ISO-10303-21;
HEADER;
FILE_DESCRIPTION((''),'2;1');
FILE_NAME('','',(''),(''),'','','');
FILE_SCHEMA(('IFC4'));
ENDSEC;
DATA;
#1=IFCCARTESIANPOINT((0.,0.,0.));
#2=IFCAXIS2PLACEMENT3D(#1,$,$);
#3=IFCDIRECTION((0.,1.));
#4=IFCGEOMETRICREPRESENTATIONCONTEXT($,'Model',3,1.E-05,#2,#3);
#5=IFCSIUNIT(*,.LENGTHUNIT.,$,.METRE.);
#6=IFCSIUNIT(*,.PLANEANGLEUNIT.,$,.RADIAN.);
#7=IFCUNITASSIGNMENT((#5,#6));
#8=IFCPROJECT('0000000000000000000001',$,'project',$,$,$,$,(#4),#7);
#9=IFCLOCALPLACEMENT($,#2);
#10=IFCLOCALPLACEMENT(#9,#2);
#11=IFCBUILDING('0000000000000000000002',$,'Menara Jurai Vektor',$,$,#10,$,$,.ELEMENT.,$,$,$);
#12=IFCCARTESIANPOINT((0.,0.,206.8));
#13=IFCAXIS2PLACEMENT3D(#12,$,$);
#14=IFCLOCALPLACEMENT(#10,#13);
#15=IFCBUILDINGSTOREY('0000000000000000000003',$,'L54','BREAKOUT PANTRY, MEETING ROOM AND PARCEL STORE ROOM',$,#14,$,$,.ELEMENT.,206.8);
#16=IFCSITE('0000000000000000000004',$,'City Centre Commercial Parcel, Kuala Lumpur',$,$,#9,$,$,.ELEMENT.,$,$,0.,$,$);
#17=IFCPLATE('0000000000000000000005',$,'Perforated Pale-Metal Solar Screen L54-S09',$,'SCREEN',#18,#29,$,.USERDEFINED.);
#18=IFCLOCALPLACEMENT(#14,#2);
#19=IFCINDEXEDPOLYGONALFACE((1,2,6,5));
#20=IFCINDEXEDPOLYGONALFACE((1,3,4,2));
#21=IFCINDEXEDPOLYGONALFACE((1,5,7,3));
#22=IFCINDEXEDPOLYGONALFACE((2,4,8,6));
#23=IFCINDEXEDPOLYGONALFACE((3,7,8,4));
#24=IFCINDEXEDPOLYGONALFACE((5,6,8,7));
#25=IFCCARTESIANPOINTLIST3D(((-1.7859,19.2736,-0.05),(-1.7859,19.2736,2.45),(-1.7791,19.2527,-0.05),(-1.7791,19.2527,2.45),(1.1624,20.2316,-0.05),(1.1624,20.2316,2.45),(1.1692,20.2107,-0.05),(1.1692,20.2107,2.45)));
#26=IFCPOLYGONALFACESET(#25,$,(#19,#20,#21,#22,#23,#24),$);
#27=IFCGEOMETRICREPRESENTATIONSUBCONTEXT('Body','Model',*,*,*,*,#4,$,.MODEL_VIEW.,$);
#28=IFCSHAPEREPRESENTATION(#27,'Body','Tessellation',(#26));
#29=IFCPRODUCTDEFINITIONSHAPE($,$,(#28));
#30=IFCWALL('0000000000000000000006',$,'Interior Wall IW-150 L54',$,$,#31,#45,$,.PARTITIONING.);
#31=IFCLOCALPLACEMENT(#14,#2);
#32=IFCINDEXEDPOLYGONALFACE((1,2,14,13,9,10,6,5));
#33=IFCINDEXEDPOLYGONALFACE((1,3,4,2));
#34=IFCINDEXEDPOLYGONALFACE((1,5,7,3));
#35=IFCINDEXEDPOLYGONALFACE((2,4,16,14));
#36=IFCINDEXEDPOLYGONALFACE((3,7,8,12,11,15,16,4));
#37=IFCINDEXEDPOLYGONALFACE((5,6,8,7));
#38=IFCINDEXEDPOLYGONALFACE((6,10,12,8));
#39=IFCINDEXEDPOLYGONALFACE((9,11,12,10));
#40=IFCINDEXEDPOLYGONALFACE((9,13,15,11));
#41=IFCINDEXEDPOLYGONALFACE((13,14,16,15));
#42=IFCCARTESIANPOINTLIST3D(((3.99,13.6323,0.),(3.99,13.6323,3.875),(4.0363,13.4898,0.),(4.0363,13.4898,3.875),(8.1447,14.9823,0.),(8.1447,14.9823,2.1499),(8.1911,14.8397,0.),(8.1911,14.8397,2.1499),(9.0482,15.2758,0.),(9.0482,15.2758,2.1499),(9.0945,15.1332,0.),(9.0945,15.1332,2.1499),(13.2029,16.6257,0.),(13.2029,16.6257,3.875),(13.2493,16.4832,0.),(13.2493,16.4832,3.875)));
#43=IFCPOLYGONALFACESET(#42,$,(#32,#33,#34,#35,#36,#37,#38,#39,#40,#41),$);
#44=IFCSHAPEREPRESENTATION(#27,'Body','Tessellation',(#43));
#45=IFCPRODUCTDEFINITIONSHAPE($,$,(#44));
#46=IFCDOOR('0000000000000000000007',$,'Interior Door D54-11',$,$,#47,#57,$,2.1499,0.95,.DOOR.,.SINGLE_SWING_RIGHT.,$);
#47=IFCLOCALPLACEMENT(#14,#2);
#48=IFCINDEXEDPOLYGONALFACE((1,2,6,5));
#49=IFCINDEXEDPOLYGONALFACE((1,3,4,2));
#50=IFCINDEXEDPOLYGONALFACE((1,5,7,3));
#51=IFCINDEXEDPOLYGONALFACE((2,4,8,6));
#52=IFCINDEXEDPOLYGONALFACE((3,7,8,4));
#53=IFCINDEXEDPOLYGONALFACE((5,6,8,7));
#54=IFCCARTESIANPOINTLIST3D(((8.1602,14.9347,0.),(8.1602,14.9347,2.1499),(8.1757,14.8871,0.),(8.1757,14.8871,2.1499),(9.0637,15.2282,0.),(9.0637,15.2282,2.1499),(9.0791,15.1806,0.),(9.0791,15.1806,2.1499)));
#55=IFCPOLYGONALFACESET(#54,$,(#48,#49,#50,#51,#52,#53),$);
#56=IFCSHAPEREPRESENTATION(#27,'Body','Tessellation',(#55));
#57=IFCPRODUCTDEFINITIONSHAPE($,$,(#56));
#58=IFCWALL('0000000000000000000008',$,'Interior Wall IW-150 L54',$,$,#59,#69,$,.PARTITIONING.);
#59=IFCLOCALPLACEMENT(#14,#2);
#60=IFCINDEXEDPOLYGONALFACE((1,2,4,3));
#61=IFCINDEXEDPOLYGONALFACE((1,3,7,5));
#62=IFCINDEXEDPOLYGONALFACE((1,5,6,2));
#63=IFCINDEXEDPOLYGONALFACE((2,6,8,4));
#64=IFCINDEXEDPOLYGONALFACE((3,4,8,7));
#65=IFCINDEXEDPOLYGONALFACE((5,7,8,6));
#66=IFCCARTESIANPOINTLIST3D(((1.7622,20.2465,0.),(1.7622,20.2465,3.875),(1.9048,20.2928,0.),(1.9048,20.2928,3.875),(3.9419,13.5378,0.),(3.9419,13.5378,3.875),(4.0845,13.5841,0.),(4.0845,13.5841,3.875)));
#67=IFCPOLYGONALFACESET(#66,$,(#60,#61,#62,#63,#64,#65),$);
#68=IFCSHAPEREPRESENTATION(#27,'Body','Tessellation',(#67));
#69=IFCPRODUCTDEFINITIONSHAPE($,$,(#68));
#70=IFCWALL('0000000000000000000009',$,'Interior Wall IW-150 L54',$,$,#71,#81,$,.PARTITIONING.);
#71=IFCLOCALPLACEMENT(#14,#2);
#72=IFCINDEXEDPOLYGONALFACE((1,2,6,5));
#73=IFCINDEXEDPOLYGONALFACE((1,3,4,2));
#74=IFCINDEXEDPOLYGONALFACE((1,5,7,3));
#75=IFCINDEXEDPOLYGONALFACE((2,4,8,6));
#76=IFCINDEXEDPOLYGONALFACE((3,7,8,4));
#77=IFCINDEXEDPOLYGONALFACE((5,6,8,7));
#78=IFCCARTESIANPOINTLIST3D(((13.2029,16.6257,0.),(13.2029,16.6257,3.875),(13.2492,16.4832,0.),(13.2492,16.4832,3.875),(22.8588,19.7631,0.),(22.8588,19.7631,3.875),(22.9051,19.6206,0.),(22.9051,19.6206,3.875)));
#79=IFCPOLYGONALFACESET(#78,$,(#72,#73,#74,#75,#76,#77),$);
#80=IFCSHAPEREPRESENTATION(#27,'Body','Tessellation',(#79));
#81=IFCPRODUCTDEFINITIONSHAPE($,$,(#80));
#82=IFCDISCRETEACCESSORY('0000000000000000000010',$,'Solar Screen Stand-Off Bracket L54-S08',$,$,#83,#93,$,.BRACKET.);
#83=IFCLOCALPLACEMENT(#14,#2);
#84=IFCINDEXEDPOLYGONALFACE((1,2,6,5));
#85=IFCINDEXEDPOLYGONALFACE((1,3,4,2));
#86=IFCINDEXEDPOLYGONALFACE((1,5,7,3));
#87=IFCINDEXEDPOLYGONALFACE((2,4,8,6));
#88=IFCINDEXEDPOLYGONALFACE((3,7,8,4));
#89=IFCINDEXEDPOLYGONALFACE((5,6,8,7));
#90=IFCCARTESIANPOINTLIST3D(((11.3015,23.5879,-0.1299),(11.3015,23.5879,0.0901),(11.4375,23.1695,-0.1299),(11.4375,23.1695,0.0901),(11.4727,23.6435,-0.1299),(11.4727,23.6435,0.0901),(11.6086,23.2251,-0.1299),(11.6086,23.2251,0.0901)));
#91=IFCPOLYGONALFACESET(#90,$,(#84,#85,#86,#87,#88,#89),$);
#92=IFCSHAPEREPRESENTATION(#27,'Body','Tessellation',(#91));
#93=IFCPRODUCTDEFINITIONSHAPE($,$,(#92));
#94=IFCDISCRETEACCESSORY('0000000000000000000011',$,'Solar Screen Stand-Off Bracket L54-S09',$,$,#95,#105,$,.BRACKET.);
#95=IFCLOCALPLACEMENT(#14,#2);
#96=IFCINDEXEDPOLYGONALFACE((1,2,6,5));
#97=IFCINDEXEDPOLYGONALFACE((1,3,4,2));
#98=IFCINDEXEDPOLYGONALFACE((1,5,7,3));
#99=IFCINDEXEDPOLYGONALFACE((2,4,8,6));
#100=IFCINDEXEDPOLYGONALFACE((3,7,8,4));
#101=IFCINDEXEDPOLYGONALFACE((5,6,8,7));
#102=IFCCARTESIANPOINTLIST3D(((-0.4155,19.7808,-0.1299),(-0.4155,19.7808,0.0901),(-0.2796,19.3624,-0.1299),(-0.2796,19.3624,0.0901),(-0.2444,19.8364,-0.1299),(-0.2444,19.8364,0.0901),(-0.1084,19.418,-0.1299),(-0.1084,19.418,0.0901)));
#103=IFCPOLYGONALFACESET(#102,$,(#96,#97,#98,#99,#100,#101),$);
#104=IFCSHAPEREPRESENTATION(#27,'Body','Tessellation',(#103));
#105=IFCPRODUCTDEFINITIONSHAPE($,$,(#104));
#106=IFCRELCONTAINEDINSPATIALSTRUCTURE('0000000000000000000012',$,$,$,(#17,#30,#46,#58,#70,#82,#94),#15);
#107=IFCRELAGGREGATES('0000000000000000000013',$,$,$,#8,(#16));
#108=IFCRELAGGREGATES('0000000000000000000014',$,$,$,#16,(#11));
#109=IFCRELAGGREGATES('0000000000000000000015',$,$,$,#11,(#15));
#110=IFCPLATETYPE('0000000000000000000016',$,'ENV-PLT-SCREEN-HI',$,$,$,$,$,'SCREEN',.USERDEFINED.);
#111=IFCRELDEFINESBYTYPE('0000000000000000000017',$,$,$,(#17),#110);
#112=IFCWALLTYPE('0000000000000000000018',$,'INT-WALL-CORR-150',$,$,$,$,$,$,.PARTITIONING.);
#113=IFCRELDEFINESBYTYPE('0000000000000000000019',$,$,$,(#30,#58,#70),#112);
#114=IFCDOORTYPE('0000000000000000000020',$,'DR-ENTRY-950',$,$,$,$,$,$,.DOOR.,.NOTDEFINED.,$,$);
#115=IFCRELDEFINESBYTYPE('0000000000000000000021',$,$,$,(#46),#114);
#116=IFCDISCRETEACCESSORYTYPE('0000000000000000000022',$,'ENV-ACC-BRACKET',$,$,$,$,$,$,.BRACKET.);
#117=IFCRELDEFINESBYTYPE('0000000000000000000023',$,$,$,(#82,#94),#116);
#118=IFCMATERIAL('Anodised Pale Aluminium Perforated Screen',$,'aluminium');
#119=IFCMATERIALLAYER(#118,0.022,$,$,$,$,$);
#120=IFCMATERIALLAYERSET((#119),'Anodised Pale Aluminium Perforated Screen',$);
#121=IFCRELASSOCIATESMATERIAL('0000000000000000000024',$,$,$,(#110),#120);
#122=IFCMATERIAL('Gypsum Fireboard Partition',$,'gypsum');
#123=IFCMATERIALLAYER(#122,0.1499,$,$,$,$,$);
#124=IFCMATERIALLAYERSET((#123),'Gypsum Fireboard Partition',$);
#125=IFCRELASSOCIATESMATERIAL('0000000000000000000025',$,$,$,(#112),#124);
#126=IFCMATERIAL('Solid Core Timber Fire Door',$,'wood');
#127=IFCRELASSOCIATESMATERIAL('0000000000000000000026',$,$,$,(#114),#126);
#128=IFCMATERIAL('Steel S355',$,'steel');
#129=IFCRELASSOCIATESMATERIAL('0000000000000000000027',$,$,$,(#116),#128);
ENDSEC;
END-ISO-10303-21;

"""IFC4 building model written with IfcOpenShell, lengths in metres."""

from ifc_helpers import new_model, si_unit, direction, frame, frame_2d, origin, origin_2d, place, context, subcontext, project, spatial, rectangle, extrude, material, layer, layer_set, type_object, element, fill, save


model = new_model("IFC4")

# Units and contexts
model_context = context("Model", 3, precision=1e-05, world=origin(), true_north=direction((0.0, 1.0)))
body_context = subcontext(model_context, "Body", "Model", "MODEL_VIEW")
ifc_project = project(units=[si_unit("LENGTHUNIT", "METRE"), si_unit("PLANEANGLEUNIT", "RADIAN")], contexts=[model_context])

# Site, building, storey
site_placement = place(None, origin())
site = spatial("IfcSite", under=ifc_project, at=site_placement, Name="City Centre Commercial Parcel, Kuala Lumpur", CompositionType="ELEMENT", RefElevation=0.0)
building_placement = place(site_placement, origin())
building = spatial("IfcBuilding", under=site, at=building_placement, Name="Menara Jurai Vektor", CompositionType="ELEMENT")
storey_placement = place(building_placement, frame((0.0, 0.0, 206.8)))
storey = spatial("IfcBuildingStorey", under=building, at=storey_placement, Name="L54", Description="BREAKOUT PANTRY, MEETING ROOM AND PARCEL STORE ROOM", CompositionType="ELEMENT", Elevation=206.8)

# Shared definitions
ifc_material_1 = material(Name="Steel S355", Category="steel")

# Plate
ifc_material_2 = material(Name="Anodised Pale Aluminium Perforated Screen", Category="aluminium")
ifc_layer_1 = layer(ifc_material_2, 0.022)
ifc_layer_set_1 = layer_set([ifc_layer_1], Name="Anodised Pale Aluminium Perforated Screen")
plate_type_1 = type_object("IfcPlateType", Name="ENV-PLT-SCREEN-HI", ElementType="SCREEN", PredefinedType="USERDEFINED", material=ifc_layer_set_1)
for number, where, z_axis, x_axis, name in (
    (1, (-0.3083, 19.7422, -0.05), (0.0, 0.0, 1.0), (-0.951057, -0.309017, 0.0), "Perforated Pale-Metal Solar Screen L54-S09"),
):
    element("IfcPlate", number, at=place(storey_placement, frame(where, z_axis=z_axis, x_axis=x_axis)), inside=storey, type_object=plate_type_1, Name=name, ObjectType="SCREEN", PredefinedType="USERDEFINED", context=body_context, shape_type="SweptSolid", body=[
        extrude(rectangle(XDim=3.1001, YDim=0.022, at=origin_2d()), origin(), (0.0, 0.0, 1.0), 2.5),
    ])

# Wall, opening, door
ifc_material_3 = material(Name="Gypsum Fireboard Partition", Category="gypsum")
ifc_layer_2 = layer(ifc_material_3, 0.1499)
ifc_layer_set_2 = layer_set([ifc_layer_2], Name="Gypsum Fireboard Partition")
wall_type = type_object("IfcWallType", Name="INT-WALL-CORR-150", PredefinedType="PARTITIONING", material=ifc_layer_set_2)
wall_1_placement = place(storey_placement, frame((4.0132, 13.561, 0.0), z_axis=(0.0, 0.0, 1.0), x_axis=(0.951058, 0.309013, 0.0)))
wall_1 = element("IfcWall", 2, at=wall_1_placement, inside=storey, type_object=wall_type, Name="Interior Wall IW-150 L54", PredefinedType="PARTITIONING", context=body_context, shape_type="SweptSolid", body=[
    extrude(rectangle(XDim=9.687, YDim=0.1499, at=frame_2d((4.8435, 0.0))), origin(), (0.0, 0.0, 1.0), 3.875),
])
opening_placement = place(wall_1_placement, frame((4.3684, 0.0, 0.0)))
opening = element("IfcOpeningElement", 3, at=opening_placement, cuts=wall_1, PredefinedType="OPENING", context=body_context, shape_type="SweptSolid", body=[
    extrude(rectangle(XDim=0.95, YDim=2.1499, at=frame_2d((0.4751, 1.075))), frame((0.0, 0.085, 0.0), z_axis=(0.0, -1.0, 0.0), x_axis=(1.0, 0.0, 0.0)), (0.0, 0.0, 1.0), 0.1699),
])
ifc_material_4 = material(Name="Solid Core Timber Fire Door", Category="wood")
door_type = type_object("IfcDoorType", Name="DR-ENTRY-950", OperationType="NOTDEFINED", PredefinedType="DOOR", material=ifc_material_4)
door_placement = place(opening_placement, origin())
door = element("IfcDoor", 4, at=door_placement, inside=storey, type_object=door_type, Name="Interior Door D54-11", OperationType="SINGLE_SWING_RIGHT", OverallHeight=2.1499, OverallWidth=0.95, PredefinedType="DOOR", context=body_context, shape_type="SweptSolid", body=[
    extrude(rectangle(XDim=0.95, YDim=2.1499, at=frame_2d((0.4751, 1.075))), frame((0.0, 0.0249, 0.0), z_axis=(0.0, -1.0, 0.0), x_axis=(1.0, 0.0, 0.0)), (0.0, 0.0, 1.0), 0.05),
])
fill(opening, door)

# Walls
wall_2_placement = place(storey_placement, frame((4.0132, 13.561, 0.0), z_axis=(0.0, 0.0, 1.0), x_axis=(-0.309002, 0.951061, 0.0)))
element("IfcWall", 5, at=wall_2_placement, inside=storey, type_object=wall_type, Name="Interior Wall IW-150 L54", PredefinedType="PARTITIONING", context=body_context, shape_type="SweptSolid", body=[
    extrude(rectangle(XDim=7.054, YDim=0.1499, at=frame_2d((3.5269, 0.0))), origin(), (0.0, 0.0, 1.0), 3.875),
])
wall_3_placement = place(storey_placement, frame((13.2261, 16.5544, 0.0), z_axis=(0.0, 0.0, 1.0), x_axis=(0.951056, 0.309019, 0.0)))
element("IfcWall", 6, at=wall_3_placement, inside=storey, type_object=wall_type, Name="Interior Wall IW-150 L54", PredefinedType="PARTITIONING", context=body_context, shape_type="SweptSolid", body=[
    extrude(rectangle(XDim=10.1528, YDim=0.1499, at=frame_2d((5.0764, 0.0))), origin(), (0.0, 0.0, 1.0), 3.875),
])

# Discrete accessories
discrete_accessory_type = type_object("IfcDiscreteAccessoryType", Name="ENV-ACC-BRACKET", PredefinedType="BRACKET", material=ifc_material_1)
for number, where, z_axis, x_axis, name in (
    (7, (11.4551, 23.4065, -0.1299), (0.0, 0.0, 1.0), (-0.951057, -0.309017, 0.0), "Solar Screen Stand-Off Bracket L54-S08"),
    (8, (-0.262, 19.5994, -0.1299), (0.0, 0.0, 1.0), (-0.951057, -0.309017, 0.0), "Solar Screen Stand-Off Bracket L54-S09"),
):
    element("IfcDiscreteAccessory", number, at=place(storey_placement, frame(where, z_axis=z_axis, x_axis=x_axis)), inside=storey, type_object=discrete_accessory_type, Name=name, PredefinedType="BRACKET", context=body_context, shape_type="SweptSolid", body=[
        extrude(rectangle(XDim=0.1799, YDim=0.4399, at=origin_2d()), origin(), (0.0, 0.0, 1.0), 0.22),
    ])

save(model, "model.ifc")
